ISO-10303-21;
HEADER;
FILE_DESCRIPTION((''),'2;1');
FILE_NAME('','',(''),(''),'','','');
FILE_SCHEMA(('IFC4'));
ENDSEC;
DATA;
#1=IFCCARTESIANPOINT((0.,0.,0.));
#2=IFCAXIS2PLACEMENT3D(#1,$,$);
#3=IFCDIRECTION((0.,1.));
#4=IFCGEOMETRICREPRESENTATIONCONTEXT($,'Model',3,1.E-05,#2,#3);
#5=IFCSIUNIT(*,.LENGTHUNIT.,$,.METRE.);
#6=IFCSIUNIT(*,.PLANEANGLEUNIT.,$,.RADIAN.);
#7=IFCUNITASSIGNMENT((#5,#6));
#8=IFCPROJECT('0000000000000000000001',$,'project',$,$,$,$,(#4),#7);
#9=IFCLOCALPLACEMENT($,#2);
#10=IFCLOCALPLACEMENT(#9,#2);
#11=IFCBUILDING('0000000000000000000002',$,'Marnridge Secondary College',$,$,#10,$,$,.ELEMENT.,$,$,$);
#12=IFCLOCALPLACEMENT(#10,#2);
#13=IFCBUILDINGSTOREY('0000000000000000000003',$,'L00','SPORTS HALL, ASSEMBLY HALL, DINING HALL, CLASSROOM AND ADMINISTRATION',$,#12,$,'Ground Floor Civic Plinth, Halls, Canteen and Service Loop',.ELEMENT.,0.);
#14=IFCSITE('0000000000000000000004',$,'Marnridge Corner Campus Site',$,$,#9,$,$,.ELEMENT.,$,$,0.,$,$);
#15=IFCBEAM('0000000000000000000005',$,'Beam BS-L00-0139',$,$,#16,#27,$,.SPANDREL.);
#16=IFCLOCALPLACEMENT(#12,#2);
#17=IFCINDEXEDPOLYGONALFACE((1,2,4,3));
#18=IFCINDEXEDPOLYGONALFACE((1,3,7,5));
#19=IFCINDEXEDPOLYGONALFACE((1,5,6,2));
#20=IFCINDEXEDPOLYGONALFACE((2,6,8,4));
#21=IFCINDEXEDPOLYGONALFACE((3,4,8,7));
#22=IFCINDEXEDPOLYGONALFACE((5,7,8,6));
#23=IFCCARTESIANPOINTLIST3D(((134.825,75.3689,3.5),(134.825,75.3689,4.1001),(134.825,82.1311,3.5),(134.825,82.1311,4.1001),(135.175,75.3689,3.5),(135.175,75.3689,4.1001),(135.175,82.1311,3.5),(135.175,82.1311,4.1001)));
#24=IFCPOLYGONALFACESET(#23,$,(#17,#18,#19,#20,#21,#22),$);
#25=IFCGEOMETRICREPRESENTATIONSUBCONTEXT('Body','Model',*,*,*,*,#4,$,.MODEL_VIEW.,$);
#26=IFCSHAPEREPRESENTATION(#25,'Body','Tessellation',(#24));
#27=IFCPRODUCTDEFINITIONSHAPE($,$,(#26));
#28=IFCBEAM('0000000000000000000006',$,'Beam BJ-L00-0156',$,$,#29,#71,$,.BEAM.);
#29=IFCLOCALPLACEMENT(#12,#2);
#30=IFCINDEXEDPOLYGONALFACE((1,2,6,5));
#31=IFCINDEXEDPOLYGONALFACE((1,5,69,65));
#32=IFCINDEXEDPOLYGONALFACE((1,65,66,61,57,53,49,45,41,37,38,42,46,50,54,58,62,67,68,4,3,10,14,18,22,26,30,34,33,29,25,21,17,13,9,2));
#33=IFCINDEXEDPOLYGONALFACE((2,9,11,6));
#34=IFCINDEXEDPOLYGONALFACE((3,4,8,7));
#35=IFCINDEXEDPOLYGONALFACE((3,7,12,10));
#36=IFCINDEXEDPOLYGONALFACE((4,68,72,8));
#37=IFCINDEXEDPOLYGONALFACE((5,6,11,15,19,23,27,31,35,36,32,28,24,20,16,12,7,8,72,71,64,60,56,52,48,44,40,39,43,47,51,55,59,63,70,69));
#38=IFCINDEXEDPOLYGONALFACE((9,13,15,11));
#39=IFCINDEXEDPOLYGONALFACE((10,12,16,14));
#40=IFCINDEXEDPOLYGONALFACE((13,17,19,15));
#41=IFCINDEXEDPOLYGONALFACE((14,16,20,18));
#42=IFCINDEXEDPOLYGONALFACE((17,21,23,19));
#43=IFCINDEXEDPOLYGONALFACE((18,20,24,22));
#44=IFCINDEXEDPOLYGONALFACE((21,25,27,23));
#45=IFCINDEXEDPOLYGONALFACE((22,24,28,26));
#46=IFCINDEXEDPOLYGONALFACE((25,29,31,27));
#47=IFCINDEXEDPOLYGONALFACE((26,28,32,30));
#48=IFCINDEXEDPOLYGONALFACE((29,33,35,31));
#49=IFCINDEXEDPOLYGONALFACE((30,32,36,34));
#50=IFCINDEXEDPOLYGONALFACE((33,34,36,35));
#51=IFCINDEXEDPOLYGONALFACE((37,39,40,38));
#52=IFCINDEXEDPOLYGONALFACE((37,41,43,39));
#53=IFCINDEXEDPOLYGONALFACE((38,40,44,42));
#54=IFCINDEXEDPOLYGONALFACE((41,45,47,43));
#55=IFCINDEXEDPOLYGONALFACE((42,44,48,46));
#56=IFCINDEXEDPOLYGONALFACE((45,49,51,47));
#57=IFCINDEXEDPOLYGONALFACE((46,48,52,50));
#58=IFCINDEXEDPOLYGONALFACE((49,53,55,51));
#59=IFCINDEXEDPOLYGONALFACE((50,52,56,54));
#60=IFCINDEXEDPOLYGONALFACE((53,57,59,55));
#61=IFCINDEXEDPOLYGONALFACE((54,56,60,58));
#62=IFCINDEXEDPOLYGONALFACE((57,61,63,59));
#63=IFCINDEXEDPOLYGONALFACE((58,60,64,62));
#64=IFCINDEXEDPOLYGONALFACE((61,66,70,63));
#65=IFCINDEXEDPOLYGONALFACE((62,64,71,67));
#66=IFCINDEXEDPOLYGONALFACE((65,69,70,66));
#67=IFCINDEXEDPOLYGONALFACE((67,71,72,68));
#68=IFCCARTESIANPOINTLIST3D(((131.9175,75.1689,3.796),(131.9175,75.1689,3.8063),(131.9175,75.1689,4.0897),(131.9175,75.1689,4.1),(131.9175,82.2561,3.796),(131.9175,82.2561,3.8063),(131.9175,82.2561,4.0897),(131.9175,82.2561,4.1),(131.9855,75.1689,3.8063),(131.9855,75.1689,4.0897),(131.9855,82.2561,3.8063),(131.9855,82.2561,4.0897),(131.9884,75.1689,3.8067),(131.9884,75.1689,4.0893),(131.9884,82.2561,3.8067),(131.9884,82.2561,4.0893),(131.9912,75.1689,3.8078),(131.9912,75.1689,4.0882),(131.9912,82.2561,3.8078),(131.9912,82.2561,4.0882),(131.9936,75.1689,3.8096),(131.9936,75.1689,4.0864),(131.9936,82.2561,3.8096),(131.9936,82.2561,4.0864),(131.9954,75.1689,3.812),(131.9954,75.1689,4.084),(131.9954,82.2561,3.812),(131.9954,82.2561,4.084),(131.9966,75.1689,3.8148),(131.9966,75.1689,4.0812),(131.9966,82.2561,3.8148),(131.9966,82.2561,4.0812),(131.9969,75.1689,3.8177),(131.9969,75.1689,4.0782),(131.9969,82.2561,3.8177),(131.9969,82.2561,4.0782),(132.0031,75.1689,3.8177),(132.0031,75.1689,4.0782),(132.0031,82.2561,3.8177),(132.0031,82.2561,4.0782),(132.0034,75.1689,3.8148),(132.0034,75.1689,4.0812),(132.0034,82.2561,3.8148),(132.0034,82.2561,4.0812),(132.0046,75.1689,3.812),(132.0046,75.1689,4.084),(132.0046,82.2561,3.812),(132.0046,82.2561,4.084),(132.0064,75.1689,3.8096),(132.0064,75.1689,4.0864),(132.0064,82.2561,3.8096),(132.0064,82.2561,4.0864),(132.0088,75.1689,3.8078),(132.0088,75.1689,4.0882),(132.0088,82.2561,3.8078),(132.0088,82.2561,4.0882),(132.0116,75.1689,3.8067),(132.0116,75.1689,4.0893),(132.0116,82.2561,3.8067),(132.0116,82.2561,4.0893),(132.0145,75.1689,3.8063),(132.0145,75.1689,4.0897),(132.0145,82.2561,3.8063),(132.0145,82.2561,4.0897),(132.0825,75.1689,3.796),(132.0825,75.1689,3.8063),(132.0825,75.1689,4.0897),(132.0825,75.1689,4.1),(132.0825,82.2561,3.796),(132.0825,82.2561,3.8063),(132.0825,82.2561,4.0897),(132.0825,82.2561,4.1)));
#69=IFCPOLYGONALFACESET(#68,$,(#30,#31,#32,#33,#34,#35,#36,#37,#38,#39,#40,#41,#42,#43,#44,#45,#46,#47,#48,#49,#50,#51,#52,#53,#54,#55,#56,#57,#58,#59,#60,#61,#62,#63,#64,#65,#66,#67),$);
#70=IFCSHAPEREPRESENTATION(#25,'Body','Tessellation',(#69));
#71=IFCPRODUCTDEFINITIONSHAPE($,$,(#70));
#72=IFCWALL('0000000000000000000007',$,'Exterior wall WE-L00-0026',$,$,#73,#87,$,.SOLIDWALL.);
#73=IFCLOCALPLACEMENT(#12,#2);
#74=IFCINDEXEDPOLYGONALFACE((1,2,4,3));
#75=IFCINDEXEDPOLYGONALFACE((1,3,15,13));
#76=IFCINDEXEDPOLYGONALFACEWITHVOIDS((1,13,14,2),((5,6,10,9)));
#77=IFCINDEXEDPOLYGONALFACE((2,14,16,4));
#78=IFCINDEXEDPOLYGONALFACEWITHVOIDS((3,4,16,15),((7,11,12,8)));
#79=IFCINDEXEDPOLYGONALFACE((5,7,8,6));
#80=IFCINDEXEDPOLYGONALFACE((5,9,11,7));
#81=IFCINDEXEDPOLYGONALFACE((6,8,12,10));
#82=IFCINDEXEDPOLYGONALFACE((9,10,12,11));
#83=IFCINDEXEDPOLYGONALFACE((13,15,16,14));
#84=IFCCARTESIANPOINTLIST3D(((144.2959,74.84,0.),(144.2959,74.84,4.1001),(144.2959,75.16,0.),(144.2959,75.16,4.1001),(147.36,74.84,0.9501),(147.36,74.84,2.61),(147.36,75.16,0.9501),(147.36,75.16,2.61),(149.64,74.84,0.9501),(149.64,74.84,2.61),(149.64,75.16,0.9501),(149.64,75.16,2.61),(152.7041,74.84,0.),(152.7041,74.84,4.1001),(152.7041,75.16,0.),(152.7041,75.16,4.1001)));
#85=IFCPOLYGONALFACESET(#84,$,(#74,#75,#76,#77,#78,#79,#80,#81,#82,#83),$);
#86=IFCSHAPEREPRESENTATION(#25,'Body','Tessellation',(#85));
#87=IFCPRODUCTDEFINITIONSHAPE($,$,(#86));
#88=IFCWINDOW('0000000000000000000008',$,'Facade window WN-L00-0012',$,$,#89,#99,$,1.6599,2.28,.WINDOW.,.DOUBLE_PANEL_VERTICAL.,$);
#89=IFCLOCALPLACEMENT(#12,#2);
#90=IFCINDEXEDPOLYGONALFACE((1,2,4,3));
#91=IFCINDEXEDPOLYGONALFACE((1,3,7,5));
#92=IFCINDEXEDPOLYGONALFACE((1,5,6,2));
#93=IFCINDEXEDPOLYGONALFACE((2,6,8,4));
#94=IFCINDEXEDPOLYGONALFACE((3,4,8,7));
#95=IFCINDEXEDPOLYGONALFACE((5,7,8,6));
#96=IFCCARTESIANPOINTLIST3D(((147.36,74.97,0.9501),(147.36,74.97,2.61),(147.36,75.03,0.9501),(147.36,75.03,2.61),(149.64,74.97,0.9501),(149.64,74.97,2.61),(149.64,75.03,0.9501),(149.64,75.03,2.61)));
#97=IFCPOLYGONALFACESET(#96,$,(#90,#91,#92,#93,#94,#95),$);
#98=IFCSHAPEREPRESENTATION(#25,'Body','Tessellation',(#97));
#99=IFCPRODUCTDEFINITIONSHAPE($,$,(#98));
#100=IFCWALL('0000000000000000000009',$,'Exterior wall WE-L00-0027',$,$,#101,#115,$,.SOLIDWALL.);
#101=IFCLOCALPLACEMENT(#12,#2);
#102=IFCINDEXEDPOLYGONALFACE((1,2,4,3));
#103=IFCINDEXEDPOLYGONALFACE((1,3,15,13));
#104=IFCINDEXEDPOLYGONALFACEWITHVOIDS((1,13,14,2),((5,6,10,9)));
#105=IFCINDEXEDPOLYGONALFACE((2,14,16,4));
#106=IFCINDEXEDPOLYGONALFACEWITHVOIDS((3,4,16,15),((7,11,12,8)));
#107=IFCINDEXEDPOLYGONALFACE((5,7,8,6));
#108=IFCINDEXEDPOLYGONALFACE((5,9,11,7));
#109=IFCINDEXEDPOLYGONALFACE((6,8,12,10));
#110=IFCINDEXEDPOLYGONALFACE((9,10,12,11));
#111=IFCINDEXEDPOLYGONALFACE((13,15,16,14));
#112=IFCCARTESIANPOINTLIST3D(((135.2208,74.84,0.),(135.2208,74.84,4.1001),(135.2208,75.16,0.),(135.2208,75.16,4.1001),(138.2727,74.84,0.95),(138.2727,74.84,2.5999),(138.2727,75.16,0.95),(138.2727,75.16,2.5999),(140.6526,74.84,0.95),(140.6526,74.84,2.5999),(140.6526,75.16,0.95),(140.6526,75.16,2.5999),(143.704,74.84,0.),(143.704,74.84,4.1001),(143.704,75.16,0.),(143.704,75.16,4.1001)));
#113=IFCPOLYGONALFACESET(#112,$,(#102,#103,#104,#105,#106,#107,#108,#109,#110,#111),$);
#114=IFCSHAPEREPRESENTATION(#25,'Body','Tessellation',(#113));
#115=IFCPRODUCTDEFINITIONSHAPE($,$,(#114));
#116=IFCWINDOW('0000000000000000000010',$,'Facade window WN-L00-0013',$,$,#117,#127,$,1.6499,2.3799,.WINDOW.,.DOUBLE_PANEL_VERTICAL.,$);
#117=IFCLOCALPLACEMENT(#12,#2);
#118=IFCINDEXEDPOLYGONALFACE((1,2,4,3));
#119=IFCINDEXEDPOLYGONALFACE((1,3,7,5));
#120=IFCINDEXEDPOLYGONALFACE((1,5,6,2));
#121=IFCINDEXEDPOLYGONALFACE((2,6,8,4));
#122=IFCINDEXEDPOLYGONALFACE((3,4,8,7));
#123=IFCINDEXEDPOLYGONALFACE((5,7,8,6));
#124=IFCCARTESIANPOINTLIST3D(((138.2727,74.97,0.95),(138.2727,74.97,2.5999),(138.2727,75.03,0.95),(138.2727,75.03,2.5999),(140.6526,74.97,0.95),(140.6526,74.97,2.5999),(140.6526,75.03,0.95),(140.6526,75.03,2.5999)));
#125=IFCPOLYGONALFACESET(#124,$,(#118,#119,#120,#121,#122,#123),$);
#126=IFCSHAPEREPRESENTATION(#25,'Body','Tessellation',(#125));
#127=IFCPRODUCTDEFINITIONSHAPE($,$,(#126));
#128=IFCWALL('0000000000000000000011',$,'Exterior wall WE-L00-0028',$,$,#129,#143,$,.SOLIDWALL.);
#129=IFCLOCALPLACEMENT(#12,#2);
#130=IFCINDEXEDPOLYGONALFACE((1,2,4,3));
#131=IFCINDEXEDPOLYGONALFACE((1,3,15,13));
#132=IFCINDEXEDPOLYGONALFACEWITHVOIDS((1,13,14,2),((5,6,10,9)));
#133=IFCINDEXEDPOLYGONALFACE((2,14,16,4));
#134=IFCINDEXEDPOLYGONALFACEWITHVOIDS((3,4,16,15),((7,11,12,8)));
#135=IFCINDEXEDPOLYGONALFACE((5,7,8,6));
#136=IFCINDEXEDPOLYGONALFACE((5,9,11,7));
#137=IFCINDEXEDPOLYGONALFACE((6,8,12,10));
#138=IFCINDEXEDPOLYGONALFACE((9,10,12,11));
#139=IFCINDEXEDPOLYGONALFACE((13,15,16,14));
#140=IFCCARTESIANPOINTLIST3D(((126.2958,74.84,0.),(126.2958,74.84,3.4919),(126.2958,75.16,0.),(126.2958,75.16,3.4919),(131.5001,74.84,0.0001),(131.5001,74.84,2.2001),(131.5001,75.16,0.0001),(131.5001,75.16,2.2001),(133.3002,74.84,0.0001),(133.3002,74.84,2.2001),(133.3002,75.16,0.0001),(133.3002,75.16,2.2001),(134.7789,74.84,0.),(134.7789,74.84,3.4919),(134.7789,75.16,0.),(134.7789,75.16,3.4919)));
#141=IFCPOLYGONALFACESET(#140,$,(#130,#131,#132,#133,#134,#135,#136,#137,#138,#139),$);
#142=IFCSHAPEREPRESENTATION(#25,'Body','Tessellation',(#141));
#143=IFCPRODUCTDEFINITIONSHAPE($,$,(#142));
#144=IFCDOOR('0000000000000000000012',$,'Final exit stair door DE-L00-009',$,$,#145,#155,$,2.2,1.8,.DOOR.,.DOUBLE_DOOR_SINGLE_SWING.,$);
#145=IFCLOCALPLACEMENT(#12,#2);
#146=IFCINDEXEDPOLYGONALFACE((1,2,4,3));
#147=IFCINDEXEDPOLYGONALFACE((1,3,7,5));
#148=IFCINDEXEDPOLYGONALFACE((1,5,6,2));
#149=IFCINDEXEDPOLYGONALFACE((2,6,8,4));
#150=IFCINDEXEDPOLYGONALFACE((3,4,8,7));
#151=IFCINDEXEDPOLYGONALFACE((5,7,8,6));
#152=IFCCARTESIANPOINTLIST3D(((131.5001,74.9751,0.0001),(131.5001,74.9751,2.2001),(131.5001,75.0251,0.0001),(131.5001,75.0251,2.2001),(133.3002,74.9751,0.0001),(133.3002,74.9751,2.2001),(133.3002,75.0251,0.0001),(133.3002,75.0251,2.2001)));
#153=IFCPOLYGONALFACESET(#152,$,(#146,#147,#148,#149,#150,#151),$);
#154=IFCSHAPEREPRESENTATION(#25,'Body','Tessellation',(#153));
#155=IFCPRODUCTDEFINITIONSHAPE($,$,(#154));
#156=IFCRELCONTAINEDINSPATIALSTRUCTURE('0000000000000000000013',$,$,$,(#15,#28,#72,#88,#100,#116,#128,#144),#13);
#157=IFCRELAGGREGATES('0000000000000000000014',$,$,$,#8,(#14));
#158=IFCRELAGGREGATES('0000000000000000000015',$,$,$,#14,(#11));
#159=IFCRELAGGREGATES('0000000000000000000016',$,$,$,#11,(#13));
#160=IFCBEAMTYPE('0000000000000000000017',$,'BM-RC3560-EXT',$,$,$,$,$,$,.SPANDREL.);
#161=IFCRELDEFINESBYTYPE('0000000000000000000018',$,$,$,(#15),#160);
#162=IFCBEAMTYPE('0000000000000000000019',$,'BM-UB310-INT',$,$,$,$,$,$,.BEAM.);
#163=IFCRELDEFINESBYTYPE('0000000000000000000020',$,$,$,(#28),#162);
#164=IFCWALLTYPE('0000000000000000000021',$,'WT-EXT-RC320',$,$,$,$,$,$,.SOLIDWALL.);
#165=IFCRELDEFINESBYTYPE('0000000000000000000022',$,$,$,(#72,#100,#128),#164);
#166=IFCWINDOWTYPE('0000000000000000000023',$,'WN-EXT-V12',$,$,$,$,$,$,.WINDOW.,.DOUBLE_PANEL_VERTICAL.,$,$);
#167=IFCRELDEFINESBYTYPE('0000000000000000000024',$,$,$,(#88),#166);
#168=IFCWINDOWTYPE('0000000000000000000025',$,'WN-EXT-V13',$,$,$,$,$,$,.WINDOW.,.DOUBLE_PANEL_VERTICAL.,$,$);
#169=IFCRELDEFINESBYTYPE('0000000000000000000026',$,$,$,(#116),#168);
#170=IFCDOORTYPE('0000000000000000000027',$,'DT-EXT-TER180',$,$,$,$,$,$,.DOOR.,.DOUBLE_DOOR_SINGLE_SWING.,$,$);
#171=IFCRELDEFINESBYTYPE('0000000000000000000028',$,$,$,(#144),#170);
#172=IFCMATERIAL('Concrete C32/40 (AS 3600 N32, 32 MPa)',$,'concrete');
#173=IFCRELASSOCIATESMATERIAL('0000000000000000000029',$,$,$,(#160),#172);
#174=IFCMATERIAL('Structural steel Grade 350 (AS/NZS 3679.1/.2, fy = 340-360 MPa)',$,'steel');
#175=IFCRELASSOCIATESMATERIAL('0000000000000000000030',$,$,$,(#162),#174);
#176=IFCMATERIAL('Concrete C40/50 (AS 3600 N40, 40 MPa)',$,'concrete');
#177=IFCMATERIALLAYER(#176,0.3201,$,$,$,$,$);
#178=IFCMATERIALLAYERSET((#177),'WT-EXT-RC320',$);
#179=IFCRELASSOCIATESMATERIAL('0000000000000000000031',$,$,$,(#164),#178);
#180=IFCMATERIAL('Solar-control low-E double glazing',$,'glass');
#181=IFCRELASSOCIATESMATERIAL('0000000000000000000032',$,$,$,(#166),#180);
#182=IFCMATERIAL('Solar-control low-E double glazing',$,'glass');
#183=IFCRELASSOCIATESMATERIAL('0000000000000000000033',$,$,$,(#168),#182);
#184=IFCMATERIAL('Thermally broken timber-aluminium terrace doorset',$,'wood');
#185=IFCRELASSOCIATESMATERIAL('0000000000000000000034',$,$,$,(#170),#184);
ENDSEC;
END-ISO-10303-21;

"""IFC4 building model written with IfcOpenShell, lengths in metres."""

from ifc_helpers import new_model, si_unit, direction, frame, frame_2d, origin, origin_2d, place, context, subcontext, project, spatial, rectangle, i_section, extrude, material, layer, layer_set, material_profile, profile_set, type_object, element, fill, save


model = new_model("IFC4")

# Units and contexts
model_context = context("Model", 3, precision=1e-05, world=origin(), true_north=direction((0.0, 1.0)))
body_context = subcontext(model_context, "Body", "Model", "MODEL_VIEW")
ifc_project = project(units=[si_unit("LENGTHUNIT", "METRE"), si_unit("PLANEANGLEUNIT", "RADIAN")], contexts=[model_context])

# Site, building, storey
site_placement = place(None, origin())
site = spatial("IfcSite", under=ifc_project, at=site_placement, Name="Marnridge Corner Campus Site", CompositionType="ELEMENT", RefElevation=0.0)
building_placement = place(site_placement, origin())
building = spatial("IfcBuilding", under=site, at=building_placement, Name="Marnridge Secondary College", CompositionType="ELEMENT")
storey_placement = place(building_placement, origin())
storey = spatial("IfcBuildingStorey", under=building, at=storey_placement, Name="L00", Description="SPORTS HALL, ASSEMBLY HALL, DINING HALL, CLASSROOM AND ADMINISTRATION", LongName="Ground Floor Civic Plinth, Halls, Canteen and Service Loop", CompositionType="ELEMENT", Elevation=0.0)

# Beams
ifc_material_1 = material(Name="Concrete C32/40 (AS 3600 N32, 32 MPa)", Category="concrete")
ifc_material_profile_1 = material_profile(ifc_material_1, rectangle(XDim=0.3501, YDim=0.6001, at=origin_2d()), Name="RC 350x600")
ifc_profile_set_1 = profile_set([ifc_material_profile_1], Name="Concrete C32/40 (AS 3600 N32, 32 MPa)")
beam_type_1 = type_object("IfcBeamType", Name="BM-RC3560-EXT", PredefinedType="SPANDREL", material=ifc_profile_set_1)
beam_1_placement = place(storey_placement, frame((135.0, 75.3689, 3.8), z_axis=(0.0, 1.0, 0.0), x_axis=(-1.0, 0.0, 0.0)))
element("IfcBeam", 1, at=beam_1_placement, inside=storey, type_object=beam_type_1, Name="Beam BS-L00-0139", PredefinedType="SPANDREL", context=body_context, shape_type="SweptSolid", body=[
    extrude(rectangle(XDim=0.3501, YDim=0.6001, at=origin_2d()), origin(), (0.0, 0.0, 1.0), 6.7622),
])
ifc_material_2 = material(Name="Structural steel Grade 350 (AS/NZS 3679.1/.2, fy = 340-360 MPa)", Category="steel")
ifc_material_profile_2 = material_profile(ifc_material_2, i_section(OverallWidth=0.165, OverallDepth=0.304, WebThickness=0.0061, FlangeThickness=0.0103, FilletRadius=0.0115, at=origin_2d()), Name="310UB40.4")
ifc_profile_set_2 = profile_set([ifc_material_profile_2], Name="Structural steel Grade 350 (AS/NZS 3679.1/.2, fy = 340-360 MPa)")
beam_type_2 = type_object("IfcBeamType", Name="BM-UB310-INT", PredefinedType="BEAM", material=ifc_profile_set_2)
beam_2_placement = place(storey_placement, frame((132.0, 75.1689, 3.948), z_axis=(0.0, 1.0, 0.0), x_axis=(-1.0, 0.0, 0.0)))
element("IfcBeam", 2, at=beam_2_placement, inside=storey, type_object=beam_type_2, Name="Beam BJ-L00-0156", PredefinedType="BEAM", context=body_context, shape_type="SweptSolid", body=[
    extrude(i_section(OverallWidth=0.165, OverallDepth=0.304, WebThickness=0.0061, FlangeThickness=0.0103, FilletRadius=0.0115, at=origin_2d()), origin(), (0.0, 0.0, 1.0), 7.0872),
])

# Walls, openings, windows
ifc_material_3 = material(Name="Concrete C40/50 (AS 3600 N40, 40 MPa)", Category="concrete")
ifc_layer = layer(ifc_material_3, 0.3201)
ifc_layer_set = layer_set([ifc_layer], Name="WT-EXT-RC320")
wall_type = type_object("IfcWallType", Name="WT-EXT-RC320", PredefinedType="SOLIDWALL", material=ifc_layer_set)
wall_1_placement = place(storey_placement, frame((152.7041, 75.0, 0.0), z_axis=(0.0, 0.0, 1.0), x_axis=(-1.0, 0.0, 0.0)))
wall_1 = element("IfcWall", 3, at=wall_1_placement, inside=storey, type_object=wall_type, Name="Exterior wall WE-L00-0026", PredefinedType="SOLIDWALL", context=body_context, shape_type="SweptSolid", body=[
    extrude(rectangle(XDim=8.4082, YDim=0.3201, at=frame_2d((4.2041, 0.0))), origin(), (0.0, 0.0, 1.0), 4.1001),
])
opening_1_placement = place(wall_1_placement, frame((3.064, 0.0, 0.95)))
opening_1 = element("IfcOpeningElement", 4, at=opening_1_placement, cuts=wall_1, PredefinedType="OPENING", context=body_context, shape_type="SweptSolid", body=[
    extrude(rectangle(XDim=2.28, YDim=1.6599, at=frame_2d((1.1401, 0.8301))), frame((0.0, 0.1699, 0.0), z_axis=(0.0, -1.0, 0.0), x_axis=(1.0, 0.0, 0.0)), (0.0, 0.0, 1.0), 0.3401),
])
ifc_material_4 = material(Name="Solar-control low-E double glazing", Category="glass")
window_type_1 = type_object("IfcWindowType", Name="WN-EXT-V12", PartitioningType="DOUBLE_PANEL_VERTICAL", PredefinedType="WINDOW", material=ifc_material_4)
window_1_placement = place(opening_1_placement, origin())
window_1 = element("IfcWindow", 5, at=window_1_placement, inside=storey, type_object=window_type_1, Name="Facade window WN-L00-0012", OverallHeight=1.6599, OverallWidth=2.28, PartitioningType="DOUBLE_PANEL_VERTICAL", PredefinedType="WINDOW", context=body_context, shape_type="SweptSolid", body=[
    extrude(rectangle(XDim=2.28, YDim=1.6599, at=frame_2d((1.1401, 0.8301))), frame((0.0, 0.03, 0.0), z_axis=(0.0, -1.0, 0.0), x_axis=(1.0, 0.0, 0.0)), (0.0, 0.0, 1.0), 0.0601),
])
fill(opening_1, window_1)
wall_2_placement = place(storey_placement, frame((143.7041, 75.0, 0.0), z_axis=(0.0, 0.0, 1.0), x_axis=(-1.0, 0.0, 0.0)))
wall_2 = element("IfcWall", 6, at=wall_2_placement, inside=storey, type_object=wall_type, Name="Exterior wall WE-L00-0027", PredefinedType="SOLIDWALL", context=body_context, shape_type="SweptSolid", body=[
    extrude(rectangle(XDim=8.4832, YDim=0.3201, at=frame_2d((4.2417, 0.0))), origin(), (0.0, 0.0, 1.0), 4.1001),
])
opening_2_placement = place(wall_2_placement, frame((3.0515, 0.0, 0.95)))
opening_2 = element("IfcOpeningElement", 7, at=opening_2_placement, cuts=wall_2, PredefinedType="OPENING", context=body_context, shape_type="SweptSolid", body=[
    extrude(rectangle(XDim=2.3799, YDim=1.6499, at=frame_2d((1.1899, 0.825))), frame((0.0, 0.1699, 0.0), z_axis=(0.0, -1.0, 0.0), x_axis=(1.0, 0.0, 0.0)), (0.0, 0.0, 1.0), 0.3401),
])
ifc_material_5 = material(Name="Solar-control low-E double glazing", Category="glass")
window_type_2 = type_object("IfcWindowType", Name="WN-EXT-V13", PartitioningType="DOUBLE_PANEL_VERTICAL", PredefinedType="WINDOW", material=ifc_material_5)
window_2_placement = place(opening_2_placement, origin())
window_2 = element("IfcWindow", 8, at=window_2_placement, inside=storey, type_object=window_type_2, Name="Facade window WN-L00-0013", OverallHeight=1.6499, OverallWidth=2.3799, PartitioningType="DOUBLE_PANEL_VERTICAL", PredefinedType="WINDOW", context=body_context, shape_type="SweptSolid", body=[
    extrude(rectangle(XDim=2.3799, YDim=1.6499, at=frame_2d((1.1899, 0.825))), frame((0.0, 0.03, 0.0), z_axis=(0.0, -1.0, 0.0), x_axis=(1.0, 0.0, 0.0)), (0.0, 0.0, 1.0), 0.0601),
])
fill(opening_2, window_2)

# Wall, opening, door
wall_3_placement = place(storey_placement, frame((134.7791, 75.0, 0.0), z_axis=(0.0, 0.0, 1.0), x_axis=(-1.0, 0.0, 0.0)))
wall_3 = element("IfcWall", 9, at=wall_3_placement, inside=storey, type_object=wall_type, Name="Exterior wall WE-L00-0028", PredefinedType="SOLIDWALL", context=body_context, shape_type="SweptSolid", body=[
    extrude(rectangle(XDim=8.4832, YDim=0.3201, at=frame_2d((4.2417, 0.0))), origin(), (0.0, 0.0, 1.0), 3.4919),
])
opening_3_placement = place(wall_3_placement, frame((1.479, 0.0, 0.0)))
opening_3 = element("IfcOpeningElement", 10, at=opening_3_placement, cuts=wall_3, PredefinedType="OPENING", context=body_context, shape_type="SweptSolid", body=[
    extrude(rectangle(XDim=1.8, YDim=2.2, at=frame_2d((0.8999, 1.1001))), frame((0.0, 0.1699, 0.0), z_axis=(0.0, -1.0, 0.0), x_axis=(1.0, 0.0, 0.0)), (0.0, 0.0, 1.0), 0.3401),
])
ifc_material_6 = material(Name="Thermally broken timber-aluminium terrace doorset", Category="wood")
door_type = type_object("IfcDoorType", Name="DT-EXT-TER180", OperationType="DOUBLE_DOOR_SINGLE_SWING", PredefinedType="DOOR", material=ifc_material_6)
door_placement = place(opening_3_placement, origin())
door = element("IfcDoor", 11, at=door_placement, inside=storey, type_object=door_type, Name="Final exit stair door DE-L00-009", OperationType="DOUBLE_DOOR_SINGLE_SWING", OverallHeight=2.2, OverallWidth=1.8, PredefinedType="DOOR", context=body_context, shape_type="SweptSolid", body=[
    extrude(rectangle(XDim=1.8, YDim=2.2, at=frame_2d((0.8999, 1.1001))), frame((0.0, 0.0249, 0.0), z_axis=(0.0, -1.0, 0.0), x_axis=(1.0, 0.0, 0.0)), (0.0, 0.0, 1.0), 0.05),
])
fill(opening_3, door)

save(model, "model.ifc")
